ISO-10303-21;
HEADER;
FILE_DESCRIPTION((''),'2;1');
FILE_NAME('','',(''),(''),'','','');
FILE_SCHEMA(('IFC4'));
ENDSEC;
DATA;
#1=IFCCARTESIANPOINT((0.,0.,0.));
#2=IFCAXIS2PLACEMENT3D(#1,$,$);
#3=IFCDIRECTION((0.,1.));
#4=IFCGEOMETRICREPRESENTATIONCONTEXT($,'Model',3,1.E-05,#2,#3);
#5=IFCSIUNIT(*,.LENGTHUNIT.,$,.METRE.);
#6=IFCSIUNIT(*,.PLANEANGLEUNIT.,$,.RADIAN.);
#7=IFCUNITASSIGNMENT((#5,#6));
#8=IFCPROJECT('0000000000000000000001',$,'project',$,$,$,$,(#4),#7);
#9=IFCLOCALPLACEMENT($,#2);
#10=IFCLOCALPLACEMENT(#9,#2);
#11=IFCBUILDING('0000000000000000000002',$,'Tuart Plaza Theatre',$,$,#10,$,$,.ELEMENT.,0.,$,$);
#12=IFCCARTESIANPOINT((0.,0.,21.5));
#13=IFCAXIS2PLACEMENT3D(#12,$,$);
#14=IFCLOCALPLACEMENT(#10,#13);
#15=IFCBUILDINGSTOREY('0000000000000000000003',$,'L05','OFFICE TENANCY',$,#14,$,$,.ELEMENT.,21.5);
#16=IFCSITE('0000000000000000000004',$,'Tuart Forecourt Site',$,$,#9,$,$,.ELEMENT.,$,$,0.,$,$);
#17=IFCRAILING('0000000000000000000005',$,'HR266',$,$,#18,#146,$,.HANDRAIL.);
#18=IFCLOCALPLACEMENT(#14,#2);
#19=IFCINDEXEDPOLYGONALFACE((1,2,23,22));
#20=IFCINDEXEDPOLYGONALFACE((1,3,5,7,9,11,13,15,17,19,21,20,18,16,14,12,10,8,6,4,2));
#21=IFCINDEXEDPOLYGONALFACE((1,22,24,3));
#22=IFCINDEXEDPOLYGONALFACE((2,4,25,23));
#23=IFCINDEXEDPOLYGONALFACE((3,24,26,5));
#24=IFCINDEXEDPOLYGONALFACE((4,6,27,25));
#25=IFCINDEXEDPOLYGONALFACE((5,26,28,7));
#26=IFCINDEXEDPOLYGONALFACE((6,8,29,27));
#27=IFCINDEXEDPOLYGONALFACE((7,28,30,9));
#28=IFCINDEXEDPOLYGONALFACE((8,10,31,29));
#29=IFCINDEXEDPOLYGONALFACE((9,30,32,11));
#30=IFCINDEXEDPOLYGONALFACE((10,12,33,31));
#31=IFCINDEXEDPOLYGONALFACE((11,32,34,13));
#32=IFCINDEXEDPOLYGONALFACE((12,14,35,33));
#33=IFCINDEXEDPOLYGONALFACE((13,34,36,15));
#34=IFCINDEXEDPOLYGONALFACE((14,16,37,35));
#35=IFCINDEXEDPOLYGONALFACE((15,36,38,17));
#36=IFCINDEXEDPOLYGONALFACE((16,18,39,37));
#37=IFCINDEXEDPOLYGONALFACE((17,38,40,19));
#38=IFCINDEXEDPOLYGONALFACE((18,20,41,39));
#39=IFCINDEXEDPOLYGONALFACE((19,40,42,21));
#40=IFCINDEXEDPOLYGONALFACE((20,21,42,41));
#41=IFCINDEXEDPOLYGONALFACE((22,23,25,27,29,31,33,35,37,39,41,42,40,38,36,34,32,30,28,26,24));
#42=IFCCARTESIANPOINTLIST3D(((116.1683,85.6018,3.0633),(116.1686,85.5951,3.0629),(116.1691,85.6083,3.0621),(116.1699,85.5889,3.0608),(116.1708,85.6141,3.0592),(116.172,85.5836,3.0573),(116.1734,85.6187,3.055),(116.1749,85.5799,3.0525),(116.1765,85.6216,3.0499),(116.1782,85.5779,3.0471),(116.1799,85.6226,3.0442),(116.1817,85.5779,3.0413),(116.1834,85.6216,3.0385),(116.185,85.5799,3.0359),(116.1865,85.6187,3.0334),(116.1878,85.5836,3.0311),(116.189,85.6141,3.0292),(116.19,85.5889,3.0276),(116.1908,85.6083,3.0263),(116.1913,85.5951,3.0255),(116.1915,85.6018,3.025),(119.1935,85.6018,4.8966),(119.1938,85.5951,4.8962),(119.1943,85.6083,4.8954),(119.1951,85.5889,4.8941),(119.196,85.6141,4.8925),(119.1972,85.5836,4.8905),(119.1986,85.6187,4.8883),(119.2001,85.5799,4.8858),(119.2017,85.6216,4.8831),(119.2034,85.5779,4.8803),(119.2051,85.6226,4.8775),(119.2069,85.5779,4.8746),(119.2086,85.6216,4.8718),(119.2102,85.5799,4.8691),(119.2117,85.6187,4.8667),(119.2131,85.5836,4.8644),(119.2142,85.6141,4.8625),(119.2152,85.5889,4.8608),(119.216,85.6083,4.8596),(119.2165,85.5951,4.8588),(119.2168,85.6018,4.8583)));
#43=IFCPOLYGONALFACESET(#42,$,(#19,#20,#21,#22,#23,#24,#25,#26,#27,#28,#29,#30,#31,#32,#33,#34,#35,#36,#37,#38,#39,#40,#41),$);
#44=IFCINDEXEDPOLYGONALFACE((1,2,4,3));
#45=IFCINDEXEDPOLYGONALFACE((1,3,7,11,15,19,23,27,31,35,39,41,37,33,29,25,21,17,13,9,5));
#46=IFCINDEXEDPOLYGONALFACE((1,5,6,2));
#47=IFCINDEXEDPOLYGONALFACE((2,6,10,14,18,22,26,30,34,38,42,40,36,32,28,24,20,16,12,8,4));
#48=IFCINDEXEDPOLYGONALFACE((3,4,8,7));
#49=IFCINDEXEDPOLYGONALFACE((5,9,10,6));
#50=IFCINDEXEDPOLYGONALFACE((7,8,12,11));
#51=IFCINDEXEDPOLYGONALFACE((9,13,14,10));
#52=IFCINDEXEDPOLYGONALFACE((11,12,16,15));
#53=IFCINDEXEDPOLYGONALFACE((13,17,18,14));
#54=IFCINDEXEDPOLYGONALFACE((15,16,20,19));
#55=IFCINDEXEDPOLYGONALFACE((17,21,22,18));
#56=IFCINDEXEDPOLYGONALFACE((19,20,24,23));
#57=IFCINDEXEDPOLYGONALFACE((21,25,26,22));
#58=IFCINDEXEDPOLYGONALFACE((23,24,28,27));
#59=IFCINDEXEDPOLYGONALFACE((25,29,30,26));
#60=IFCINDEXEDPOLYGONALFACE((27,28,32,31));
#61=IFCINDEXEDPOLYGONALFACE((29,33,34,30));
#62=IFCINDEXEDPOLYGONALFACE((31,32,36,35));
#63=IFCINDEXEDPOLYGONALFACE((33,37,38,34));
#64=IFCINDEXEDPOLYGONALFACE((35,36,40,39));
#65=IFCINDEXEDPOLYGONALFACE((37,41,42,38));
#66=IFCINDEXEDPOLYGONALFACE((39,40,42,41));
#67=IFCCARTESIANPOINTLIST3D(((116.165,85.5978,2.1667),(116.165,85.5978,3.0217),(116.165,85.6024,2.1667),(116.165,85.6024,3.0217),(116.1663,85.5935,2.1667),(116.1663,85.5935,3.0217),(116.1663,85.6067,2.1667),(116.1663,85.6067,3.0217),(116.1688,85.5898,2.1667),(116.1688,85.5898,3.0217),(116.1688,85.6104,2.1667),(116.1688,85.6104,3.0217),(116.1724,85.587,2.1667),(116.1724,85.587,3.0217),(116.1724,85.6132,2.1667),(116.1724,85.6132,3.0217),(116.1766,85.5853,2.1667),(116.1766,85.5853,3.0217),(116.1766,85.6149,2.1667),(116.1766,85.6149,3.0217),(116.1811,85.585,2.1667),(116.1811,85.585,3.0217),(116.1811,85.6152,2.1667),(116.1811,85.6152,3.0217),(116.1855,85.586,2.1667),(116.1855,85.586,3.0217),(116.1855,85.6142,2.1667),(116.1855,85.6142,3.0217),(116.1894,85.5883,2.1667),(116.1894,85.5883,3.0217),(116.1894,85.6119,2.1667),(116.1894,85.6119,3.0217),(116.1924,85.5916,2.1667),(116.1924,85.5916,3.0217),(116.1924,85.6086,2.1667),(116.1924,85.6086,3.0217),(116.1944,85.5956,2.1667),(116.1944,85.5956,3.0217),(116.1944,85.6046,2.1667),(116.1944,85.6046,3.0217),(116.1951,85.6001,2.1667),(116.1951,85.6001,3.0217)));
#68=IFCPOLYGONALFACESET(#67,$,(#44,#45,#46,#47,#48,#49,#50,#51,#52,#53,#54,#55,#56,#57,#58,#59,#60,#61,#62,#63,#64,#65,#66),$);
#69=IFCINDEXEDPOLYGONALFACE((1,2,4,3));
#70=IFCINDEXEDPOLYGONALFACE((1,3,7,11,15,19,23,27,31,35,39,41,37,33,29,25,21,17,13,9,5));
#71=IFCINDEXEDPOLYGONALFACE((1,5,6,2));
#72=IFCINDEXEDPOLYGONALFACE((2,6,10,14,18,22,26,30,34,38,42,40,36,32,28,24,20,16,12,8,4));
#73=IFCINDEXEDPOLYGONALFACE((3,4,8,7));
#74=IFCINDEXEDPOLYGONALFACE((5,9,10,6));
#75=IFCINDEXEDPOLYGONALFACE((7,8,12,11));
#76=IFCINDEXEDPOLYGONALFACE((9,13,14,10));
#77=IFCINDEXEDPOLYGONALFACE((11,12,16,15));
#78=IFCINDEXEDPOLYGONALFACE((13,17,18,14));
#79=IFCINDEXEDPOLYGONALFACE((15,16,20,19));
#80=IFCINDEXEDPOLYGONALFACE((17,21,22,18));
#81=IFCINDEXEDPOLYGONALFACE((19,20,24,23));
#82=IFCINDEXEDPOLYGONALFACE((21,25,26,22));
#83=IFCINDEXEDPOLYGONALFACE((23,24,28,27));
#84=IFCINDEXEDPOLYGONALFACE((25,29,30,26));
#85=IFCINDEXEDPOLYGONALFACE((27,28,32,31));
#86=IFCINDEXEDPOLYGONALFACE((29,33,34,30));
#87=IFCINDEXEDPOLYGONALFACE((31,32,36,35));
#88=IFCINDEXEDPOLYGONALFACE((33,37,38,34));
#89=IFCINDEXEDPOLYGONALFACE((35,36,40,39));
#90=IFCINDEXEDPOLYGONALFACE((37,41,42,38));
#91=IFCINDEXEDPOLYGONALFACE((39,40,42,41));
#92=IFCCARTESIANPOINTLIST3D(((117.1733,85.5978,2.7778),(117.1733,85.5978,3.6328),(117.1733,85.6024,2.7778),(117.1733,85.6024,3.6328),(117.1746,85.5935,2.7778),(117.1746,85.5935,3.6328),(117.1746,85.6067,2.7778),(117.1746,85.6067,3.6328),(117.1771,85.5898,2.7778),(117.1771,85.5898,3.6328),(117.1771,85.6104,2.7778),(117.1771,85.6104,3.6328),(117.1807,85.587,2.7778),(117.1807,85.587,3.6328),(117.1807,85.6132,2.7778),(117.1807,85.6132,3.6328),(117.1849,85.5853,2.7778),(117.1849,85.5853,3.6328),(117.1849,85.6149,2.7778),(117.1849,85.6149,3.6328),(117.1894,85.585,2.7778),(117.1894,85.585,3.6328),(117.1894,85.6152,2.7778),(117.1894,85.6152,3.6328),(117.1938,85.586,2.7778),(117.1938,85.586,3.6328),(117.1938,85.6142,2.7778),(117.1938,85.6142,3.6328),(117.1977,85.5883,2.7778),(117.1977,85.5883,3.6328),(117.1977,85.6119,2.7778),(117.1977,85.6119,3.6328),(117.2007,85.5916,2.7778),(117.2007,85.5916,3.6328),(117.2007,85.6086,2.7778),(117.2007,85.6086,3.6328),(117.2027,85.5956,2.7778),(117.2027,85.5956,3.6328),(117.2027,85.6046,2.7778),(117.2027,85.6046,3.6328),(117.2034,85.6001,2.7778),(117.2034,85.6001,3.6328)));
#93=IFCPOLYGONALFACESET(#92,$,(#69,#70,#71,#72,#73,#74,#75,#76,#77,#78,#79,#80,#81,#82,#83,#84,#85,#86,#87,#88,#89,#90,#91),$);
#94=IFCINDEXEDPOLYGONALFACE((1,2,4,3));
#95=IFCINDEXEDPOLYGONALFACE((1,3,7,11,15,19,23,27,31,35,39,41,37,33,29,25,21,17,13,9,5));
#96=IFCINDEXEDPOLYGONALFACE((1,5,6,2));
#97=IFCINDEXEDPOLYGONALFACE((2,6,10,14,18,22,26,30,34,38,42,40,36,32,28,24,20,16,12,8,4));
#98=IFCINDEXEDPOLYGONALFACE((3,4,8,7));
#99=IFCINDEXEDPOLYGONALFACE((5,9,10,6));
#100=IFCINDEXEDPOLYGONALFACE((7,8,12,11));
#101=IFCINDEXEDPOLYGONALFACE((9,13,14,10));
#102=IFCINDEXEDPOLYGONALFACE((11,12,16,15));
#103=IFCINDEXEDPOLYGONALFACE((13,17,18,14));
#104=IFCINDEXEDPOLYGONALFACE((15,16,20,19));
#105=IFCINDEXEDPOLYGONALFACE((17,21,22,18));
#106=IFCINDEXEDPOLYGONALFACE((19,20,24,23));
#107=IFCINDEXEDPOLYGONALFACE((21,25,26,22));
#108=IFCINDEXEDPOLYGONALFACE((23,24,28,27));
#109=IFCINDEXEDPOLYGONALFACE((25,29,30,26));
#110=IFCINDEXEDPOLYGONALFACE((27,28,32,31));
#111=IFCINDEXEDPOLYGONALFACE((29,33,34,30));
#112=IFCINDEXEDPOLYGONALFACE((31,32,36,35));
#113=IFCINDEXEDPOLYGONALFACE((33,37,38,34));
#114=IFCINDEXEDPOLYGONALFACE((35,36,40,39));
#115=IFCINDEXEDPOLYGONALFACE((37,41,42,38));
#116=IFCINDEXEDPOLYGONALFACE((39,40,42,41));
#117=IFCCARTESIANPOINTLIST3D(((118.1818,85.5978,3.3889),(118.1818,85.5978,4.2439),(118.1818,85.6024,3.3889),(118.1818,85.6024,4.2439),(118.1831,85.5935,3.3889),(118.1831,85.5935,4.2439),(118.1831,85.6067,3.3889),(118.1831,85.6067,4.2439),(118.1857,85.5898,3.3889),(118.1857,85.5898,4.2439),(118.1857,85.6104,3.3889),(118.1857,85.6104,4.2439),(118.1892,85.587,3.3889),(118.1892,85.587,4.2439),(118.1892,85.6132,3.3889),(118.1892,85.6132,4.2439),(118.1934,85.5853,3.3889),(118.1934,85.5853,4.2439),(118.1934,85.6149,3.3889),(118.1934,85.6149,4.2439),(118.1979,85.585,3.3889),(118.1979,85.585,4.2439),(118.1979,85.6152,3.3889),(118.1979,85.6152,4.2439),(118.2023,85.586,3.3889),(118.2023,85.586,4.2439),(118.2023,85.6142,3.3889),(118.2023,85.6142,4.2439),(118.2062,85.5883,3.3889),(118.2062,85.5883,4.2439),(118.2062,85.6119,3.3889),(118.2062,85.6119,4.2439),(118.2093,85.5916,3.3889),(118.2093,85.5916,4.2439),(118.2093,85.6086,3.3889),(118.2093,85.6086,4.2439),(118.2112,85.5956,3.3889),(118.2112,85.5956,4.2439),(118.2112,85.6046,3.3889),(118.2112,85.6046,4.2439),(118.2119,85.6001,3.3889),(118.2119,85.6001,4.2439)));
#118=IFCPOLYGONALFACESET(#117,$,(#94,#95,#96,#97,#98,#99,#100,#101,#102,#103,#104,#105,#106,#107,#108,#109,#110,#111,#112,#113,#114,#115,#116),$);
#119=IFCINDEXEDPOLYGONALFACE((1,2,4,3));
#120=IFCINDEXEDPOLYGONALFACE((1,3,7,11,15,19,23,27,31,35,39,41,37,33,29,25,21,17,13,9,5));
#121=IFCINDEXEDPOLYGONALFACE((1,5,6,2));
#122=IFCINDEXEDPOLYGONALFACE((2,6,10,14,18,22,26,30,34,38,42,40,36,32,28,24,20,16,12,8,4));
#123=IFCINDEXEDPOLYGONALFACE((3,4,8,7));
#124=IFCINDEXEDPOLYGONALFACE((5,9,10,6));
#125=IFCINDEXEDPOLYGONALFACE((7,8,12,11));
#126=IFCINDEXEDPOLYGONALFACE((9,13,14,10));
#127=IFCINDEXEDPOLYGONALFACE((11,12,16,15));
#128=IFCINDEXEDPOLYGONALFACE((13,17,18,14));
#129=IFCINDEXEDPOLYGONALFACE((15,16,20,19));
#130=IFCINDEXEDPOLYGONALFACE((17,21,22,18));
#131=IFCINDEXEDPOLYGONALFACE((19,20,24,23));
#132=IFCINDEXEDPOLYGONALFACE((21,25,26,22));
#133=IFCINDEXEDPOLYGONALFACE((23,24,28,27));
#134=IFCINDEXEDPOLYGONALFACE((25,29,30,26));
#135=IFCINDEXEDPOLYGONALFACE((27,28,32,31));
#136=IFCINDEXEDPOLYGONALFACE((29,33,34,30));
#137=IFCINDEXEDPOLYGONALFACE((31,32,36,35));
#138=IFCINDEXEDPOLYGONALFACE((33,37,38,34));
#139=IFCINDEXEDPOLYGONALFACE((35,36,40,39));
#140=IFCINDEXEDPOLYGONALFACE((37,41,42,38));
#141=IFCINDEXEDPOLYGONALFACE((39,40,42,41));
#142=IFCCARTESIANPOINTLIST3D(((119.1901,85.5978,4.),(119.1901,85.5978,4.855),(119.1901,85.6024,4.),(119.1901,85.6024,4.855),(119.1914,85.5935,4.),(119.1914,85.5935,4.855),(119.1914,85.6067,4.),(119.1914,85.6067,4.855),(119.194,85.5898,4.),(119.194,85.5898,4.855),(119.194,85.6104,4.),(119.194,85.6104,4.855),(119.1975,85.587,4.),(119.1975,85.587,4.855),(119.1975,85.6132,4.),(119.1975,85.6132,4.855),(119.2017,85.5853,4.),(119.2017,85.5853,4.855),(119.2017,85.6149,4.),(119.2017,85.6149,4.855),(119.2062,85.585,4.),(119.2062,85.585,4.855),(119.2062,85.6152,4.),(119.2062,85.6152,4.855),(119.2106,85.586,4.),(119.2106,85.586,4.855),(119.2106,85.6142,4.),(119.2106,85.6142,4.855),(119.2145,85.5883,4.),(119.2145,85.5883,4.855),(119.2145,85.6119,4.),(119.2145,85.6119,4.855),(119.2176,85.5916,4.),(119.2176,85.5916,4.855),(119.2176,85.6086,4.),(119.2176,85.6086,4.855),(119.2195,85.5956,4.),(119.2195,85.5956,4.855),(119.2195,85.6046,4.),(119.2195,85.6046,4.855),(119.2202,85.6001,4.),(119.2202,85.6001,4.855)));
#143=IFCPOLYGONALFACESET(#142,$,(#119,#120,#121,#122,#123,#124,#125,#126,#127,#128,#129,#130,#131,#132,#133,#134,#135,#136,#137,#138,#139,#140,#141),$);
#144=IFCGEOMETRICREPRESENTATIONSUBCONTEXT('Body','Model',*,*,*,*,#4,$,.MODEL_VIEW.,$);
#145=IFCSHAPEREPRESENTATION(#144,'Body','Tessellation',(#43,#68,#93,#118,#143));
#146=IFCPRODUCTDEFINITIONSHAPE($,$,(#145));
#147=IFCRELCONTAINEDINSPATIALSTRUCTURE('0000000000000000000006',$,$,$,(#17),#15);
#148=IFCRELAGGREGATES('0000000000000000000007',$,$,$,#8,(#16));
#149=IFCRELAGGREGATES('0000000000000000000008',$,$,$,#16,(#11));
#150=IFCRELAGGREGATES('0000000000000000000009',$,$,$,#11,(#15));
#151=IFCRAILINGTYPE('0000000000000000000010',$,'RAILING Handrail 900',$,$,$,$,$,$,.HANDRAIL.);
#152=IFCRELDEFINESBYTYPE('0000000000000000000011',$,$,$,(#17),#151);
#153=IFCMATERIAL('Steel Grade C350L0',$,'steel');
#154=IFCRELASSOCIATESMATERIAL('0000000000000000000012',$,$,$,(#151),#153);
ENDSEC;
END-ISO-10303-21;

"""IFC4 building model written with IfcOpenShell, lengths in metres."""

from ifc_helpers import new_model, si_unit, direction, frame, origin, origin_2d, place, context, subcontext, project, spatial, circle, extrude, material, type_object, element, save


model = new_model("IFC4")

# Units and contexts
model_context = context("Model", 3, precision=1e-05, world=origin(), true_north=direction((0.0, 1.0)))
body_context = subcontext(model_context, "Body", "Model", "MODEL_VIEW")
ifc_project = project(units=[si_unit("LENGTHUNIT", "METRE"), si_unit("PLANEANGLEUNIT", "RADIAN")], contexts=[model_context])

# Site, building, storey
site_placement = place(None, origin())
site = spatial("IfcSite", under=ifc_project, at=site_placement, Name="Tuart Forecourt Site", CompositionType="ELEMENT", RefElevation=0.0)
building_placement = place(site_placement, origin())
building = spatial("IfcBuilding", under=site, at=building_placement, Name="Tuart Plaza Theatre", CompositionType="ELEMENT", ElevationOfRefHeight=0.0)
storey_placement = place(building_placement, frame((0.0, 0.0, 21.5)))
storey = spatial("IfcBuildingStorey", under=building, at=storey_placement, Name="L05", Description="OFFICE TENANCY", CompositionType="ELEMENT", Elevation=21.5)

# Railing
ifc_material_1 = material(Name="Steel Grade C350L0", Category="steel")
railing_type_1 = type_object("IfcRailingType", Name="RAILING Handrail 900", PredefinedType="HANDRAIL", material=ifc_material_1)
for number, where, name in (
    (1, (116.1799, 85.6001, 2.1667), "HR266"),
):
    element("IfcRailing", number, at=place(storey_placement, frame(where)), inside=storey, type_object=railing_type_1, Name=name, PredefinedType="HANDRAIL", context=body_context, shape_type="SweptSolid", body=[
        extrude(circle(Radius=0.0225, at=origin_2d()), frame((0.0, 0.0, 0.8774), z_axis=(0.855219, 0.0, 0.518267), x_axis=(0.0, 1.0, 0.0)), (0.0, 0.0, 1.0), 3.5374),
        extrude(circle(Radius=0.0151, at=origin_2d()), origin(), (0.0, 0.0, 1.0), 0.855),
        extrude(circle(Radius=0.0151, at=origin_2d()), frame((1.0083, 0.0, 0.6111)), (0.0, 0.0, 1.0), 0.855),
        extrude(circle(Radius=0.0151, at=origin_2d()), frame((2.0168, 0.0, 1.2222)), (0.0, 0.0, 1.0), 0.855),
        extrude(circle(Radius=0.0151, at=origin_2d()), frame((3.0251, 0.0, 1.8333)), (0.0, 0.0, 1.0), 0.855),
    ])

save(model, "model.ifc")
